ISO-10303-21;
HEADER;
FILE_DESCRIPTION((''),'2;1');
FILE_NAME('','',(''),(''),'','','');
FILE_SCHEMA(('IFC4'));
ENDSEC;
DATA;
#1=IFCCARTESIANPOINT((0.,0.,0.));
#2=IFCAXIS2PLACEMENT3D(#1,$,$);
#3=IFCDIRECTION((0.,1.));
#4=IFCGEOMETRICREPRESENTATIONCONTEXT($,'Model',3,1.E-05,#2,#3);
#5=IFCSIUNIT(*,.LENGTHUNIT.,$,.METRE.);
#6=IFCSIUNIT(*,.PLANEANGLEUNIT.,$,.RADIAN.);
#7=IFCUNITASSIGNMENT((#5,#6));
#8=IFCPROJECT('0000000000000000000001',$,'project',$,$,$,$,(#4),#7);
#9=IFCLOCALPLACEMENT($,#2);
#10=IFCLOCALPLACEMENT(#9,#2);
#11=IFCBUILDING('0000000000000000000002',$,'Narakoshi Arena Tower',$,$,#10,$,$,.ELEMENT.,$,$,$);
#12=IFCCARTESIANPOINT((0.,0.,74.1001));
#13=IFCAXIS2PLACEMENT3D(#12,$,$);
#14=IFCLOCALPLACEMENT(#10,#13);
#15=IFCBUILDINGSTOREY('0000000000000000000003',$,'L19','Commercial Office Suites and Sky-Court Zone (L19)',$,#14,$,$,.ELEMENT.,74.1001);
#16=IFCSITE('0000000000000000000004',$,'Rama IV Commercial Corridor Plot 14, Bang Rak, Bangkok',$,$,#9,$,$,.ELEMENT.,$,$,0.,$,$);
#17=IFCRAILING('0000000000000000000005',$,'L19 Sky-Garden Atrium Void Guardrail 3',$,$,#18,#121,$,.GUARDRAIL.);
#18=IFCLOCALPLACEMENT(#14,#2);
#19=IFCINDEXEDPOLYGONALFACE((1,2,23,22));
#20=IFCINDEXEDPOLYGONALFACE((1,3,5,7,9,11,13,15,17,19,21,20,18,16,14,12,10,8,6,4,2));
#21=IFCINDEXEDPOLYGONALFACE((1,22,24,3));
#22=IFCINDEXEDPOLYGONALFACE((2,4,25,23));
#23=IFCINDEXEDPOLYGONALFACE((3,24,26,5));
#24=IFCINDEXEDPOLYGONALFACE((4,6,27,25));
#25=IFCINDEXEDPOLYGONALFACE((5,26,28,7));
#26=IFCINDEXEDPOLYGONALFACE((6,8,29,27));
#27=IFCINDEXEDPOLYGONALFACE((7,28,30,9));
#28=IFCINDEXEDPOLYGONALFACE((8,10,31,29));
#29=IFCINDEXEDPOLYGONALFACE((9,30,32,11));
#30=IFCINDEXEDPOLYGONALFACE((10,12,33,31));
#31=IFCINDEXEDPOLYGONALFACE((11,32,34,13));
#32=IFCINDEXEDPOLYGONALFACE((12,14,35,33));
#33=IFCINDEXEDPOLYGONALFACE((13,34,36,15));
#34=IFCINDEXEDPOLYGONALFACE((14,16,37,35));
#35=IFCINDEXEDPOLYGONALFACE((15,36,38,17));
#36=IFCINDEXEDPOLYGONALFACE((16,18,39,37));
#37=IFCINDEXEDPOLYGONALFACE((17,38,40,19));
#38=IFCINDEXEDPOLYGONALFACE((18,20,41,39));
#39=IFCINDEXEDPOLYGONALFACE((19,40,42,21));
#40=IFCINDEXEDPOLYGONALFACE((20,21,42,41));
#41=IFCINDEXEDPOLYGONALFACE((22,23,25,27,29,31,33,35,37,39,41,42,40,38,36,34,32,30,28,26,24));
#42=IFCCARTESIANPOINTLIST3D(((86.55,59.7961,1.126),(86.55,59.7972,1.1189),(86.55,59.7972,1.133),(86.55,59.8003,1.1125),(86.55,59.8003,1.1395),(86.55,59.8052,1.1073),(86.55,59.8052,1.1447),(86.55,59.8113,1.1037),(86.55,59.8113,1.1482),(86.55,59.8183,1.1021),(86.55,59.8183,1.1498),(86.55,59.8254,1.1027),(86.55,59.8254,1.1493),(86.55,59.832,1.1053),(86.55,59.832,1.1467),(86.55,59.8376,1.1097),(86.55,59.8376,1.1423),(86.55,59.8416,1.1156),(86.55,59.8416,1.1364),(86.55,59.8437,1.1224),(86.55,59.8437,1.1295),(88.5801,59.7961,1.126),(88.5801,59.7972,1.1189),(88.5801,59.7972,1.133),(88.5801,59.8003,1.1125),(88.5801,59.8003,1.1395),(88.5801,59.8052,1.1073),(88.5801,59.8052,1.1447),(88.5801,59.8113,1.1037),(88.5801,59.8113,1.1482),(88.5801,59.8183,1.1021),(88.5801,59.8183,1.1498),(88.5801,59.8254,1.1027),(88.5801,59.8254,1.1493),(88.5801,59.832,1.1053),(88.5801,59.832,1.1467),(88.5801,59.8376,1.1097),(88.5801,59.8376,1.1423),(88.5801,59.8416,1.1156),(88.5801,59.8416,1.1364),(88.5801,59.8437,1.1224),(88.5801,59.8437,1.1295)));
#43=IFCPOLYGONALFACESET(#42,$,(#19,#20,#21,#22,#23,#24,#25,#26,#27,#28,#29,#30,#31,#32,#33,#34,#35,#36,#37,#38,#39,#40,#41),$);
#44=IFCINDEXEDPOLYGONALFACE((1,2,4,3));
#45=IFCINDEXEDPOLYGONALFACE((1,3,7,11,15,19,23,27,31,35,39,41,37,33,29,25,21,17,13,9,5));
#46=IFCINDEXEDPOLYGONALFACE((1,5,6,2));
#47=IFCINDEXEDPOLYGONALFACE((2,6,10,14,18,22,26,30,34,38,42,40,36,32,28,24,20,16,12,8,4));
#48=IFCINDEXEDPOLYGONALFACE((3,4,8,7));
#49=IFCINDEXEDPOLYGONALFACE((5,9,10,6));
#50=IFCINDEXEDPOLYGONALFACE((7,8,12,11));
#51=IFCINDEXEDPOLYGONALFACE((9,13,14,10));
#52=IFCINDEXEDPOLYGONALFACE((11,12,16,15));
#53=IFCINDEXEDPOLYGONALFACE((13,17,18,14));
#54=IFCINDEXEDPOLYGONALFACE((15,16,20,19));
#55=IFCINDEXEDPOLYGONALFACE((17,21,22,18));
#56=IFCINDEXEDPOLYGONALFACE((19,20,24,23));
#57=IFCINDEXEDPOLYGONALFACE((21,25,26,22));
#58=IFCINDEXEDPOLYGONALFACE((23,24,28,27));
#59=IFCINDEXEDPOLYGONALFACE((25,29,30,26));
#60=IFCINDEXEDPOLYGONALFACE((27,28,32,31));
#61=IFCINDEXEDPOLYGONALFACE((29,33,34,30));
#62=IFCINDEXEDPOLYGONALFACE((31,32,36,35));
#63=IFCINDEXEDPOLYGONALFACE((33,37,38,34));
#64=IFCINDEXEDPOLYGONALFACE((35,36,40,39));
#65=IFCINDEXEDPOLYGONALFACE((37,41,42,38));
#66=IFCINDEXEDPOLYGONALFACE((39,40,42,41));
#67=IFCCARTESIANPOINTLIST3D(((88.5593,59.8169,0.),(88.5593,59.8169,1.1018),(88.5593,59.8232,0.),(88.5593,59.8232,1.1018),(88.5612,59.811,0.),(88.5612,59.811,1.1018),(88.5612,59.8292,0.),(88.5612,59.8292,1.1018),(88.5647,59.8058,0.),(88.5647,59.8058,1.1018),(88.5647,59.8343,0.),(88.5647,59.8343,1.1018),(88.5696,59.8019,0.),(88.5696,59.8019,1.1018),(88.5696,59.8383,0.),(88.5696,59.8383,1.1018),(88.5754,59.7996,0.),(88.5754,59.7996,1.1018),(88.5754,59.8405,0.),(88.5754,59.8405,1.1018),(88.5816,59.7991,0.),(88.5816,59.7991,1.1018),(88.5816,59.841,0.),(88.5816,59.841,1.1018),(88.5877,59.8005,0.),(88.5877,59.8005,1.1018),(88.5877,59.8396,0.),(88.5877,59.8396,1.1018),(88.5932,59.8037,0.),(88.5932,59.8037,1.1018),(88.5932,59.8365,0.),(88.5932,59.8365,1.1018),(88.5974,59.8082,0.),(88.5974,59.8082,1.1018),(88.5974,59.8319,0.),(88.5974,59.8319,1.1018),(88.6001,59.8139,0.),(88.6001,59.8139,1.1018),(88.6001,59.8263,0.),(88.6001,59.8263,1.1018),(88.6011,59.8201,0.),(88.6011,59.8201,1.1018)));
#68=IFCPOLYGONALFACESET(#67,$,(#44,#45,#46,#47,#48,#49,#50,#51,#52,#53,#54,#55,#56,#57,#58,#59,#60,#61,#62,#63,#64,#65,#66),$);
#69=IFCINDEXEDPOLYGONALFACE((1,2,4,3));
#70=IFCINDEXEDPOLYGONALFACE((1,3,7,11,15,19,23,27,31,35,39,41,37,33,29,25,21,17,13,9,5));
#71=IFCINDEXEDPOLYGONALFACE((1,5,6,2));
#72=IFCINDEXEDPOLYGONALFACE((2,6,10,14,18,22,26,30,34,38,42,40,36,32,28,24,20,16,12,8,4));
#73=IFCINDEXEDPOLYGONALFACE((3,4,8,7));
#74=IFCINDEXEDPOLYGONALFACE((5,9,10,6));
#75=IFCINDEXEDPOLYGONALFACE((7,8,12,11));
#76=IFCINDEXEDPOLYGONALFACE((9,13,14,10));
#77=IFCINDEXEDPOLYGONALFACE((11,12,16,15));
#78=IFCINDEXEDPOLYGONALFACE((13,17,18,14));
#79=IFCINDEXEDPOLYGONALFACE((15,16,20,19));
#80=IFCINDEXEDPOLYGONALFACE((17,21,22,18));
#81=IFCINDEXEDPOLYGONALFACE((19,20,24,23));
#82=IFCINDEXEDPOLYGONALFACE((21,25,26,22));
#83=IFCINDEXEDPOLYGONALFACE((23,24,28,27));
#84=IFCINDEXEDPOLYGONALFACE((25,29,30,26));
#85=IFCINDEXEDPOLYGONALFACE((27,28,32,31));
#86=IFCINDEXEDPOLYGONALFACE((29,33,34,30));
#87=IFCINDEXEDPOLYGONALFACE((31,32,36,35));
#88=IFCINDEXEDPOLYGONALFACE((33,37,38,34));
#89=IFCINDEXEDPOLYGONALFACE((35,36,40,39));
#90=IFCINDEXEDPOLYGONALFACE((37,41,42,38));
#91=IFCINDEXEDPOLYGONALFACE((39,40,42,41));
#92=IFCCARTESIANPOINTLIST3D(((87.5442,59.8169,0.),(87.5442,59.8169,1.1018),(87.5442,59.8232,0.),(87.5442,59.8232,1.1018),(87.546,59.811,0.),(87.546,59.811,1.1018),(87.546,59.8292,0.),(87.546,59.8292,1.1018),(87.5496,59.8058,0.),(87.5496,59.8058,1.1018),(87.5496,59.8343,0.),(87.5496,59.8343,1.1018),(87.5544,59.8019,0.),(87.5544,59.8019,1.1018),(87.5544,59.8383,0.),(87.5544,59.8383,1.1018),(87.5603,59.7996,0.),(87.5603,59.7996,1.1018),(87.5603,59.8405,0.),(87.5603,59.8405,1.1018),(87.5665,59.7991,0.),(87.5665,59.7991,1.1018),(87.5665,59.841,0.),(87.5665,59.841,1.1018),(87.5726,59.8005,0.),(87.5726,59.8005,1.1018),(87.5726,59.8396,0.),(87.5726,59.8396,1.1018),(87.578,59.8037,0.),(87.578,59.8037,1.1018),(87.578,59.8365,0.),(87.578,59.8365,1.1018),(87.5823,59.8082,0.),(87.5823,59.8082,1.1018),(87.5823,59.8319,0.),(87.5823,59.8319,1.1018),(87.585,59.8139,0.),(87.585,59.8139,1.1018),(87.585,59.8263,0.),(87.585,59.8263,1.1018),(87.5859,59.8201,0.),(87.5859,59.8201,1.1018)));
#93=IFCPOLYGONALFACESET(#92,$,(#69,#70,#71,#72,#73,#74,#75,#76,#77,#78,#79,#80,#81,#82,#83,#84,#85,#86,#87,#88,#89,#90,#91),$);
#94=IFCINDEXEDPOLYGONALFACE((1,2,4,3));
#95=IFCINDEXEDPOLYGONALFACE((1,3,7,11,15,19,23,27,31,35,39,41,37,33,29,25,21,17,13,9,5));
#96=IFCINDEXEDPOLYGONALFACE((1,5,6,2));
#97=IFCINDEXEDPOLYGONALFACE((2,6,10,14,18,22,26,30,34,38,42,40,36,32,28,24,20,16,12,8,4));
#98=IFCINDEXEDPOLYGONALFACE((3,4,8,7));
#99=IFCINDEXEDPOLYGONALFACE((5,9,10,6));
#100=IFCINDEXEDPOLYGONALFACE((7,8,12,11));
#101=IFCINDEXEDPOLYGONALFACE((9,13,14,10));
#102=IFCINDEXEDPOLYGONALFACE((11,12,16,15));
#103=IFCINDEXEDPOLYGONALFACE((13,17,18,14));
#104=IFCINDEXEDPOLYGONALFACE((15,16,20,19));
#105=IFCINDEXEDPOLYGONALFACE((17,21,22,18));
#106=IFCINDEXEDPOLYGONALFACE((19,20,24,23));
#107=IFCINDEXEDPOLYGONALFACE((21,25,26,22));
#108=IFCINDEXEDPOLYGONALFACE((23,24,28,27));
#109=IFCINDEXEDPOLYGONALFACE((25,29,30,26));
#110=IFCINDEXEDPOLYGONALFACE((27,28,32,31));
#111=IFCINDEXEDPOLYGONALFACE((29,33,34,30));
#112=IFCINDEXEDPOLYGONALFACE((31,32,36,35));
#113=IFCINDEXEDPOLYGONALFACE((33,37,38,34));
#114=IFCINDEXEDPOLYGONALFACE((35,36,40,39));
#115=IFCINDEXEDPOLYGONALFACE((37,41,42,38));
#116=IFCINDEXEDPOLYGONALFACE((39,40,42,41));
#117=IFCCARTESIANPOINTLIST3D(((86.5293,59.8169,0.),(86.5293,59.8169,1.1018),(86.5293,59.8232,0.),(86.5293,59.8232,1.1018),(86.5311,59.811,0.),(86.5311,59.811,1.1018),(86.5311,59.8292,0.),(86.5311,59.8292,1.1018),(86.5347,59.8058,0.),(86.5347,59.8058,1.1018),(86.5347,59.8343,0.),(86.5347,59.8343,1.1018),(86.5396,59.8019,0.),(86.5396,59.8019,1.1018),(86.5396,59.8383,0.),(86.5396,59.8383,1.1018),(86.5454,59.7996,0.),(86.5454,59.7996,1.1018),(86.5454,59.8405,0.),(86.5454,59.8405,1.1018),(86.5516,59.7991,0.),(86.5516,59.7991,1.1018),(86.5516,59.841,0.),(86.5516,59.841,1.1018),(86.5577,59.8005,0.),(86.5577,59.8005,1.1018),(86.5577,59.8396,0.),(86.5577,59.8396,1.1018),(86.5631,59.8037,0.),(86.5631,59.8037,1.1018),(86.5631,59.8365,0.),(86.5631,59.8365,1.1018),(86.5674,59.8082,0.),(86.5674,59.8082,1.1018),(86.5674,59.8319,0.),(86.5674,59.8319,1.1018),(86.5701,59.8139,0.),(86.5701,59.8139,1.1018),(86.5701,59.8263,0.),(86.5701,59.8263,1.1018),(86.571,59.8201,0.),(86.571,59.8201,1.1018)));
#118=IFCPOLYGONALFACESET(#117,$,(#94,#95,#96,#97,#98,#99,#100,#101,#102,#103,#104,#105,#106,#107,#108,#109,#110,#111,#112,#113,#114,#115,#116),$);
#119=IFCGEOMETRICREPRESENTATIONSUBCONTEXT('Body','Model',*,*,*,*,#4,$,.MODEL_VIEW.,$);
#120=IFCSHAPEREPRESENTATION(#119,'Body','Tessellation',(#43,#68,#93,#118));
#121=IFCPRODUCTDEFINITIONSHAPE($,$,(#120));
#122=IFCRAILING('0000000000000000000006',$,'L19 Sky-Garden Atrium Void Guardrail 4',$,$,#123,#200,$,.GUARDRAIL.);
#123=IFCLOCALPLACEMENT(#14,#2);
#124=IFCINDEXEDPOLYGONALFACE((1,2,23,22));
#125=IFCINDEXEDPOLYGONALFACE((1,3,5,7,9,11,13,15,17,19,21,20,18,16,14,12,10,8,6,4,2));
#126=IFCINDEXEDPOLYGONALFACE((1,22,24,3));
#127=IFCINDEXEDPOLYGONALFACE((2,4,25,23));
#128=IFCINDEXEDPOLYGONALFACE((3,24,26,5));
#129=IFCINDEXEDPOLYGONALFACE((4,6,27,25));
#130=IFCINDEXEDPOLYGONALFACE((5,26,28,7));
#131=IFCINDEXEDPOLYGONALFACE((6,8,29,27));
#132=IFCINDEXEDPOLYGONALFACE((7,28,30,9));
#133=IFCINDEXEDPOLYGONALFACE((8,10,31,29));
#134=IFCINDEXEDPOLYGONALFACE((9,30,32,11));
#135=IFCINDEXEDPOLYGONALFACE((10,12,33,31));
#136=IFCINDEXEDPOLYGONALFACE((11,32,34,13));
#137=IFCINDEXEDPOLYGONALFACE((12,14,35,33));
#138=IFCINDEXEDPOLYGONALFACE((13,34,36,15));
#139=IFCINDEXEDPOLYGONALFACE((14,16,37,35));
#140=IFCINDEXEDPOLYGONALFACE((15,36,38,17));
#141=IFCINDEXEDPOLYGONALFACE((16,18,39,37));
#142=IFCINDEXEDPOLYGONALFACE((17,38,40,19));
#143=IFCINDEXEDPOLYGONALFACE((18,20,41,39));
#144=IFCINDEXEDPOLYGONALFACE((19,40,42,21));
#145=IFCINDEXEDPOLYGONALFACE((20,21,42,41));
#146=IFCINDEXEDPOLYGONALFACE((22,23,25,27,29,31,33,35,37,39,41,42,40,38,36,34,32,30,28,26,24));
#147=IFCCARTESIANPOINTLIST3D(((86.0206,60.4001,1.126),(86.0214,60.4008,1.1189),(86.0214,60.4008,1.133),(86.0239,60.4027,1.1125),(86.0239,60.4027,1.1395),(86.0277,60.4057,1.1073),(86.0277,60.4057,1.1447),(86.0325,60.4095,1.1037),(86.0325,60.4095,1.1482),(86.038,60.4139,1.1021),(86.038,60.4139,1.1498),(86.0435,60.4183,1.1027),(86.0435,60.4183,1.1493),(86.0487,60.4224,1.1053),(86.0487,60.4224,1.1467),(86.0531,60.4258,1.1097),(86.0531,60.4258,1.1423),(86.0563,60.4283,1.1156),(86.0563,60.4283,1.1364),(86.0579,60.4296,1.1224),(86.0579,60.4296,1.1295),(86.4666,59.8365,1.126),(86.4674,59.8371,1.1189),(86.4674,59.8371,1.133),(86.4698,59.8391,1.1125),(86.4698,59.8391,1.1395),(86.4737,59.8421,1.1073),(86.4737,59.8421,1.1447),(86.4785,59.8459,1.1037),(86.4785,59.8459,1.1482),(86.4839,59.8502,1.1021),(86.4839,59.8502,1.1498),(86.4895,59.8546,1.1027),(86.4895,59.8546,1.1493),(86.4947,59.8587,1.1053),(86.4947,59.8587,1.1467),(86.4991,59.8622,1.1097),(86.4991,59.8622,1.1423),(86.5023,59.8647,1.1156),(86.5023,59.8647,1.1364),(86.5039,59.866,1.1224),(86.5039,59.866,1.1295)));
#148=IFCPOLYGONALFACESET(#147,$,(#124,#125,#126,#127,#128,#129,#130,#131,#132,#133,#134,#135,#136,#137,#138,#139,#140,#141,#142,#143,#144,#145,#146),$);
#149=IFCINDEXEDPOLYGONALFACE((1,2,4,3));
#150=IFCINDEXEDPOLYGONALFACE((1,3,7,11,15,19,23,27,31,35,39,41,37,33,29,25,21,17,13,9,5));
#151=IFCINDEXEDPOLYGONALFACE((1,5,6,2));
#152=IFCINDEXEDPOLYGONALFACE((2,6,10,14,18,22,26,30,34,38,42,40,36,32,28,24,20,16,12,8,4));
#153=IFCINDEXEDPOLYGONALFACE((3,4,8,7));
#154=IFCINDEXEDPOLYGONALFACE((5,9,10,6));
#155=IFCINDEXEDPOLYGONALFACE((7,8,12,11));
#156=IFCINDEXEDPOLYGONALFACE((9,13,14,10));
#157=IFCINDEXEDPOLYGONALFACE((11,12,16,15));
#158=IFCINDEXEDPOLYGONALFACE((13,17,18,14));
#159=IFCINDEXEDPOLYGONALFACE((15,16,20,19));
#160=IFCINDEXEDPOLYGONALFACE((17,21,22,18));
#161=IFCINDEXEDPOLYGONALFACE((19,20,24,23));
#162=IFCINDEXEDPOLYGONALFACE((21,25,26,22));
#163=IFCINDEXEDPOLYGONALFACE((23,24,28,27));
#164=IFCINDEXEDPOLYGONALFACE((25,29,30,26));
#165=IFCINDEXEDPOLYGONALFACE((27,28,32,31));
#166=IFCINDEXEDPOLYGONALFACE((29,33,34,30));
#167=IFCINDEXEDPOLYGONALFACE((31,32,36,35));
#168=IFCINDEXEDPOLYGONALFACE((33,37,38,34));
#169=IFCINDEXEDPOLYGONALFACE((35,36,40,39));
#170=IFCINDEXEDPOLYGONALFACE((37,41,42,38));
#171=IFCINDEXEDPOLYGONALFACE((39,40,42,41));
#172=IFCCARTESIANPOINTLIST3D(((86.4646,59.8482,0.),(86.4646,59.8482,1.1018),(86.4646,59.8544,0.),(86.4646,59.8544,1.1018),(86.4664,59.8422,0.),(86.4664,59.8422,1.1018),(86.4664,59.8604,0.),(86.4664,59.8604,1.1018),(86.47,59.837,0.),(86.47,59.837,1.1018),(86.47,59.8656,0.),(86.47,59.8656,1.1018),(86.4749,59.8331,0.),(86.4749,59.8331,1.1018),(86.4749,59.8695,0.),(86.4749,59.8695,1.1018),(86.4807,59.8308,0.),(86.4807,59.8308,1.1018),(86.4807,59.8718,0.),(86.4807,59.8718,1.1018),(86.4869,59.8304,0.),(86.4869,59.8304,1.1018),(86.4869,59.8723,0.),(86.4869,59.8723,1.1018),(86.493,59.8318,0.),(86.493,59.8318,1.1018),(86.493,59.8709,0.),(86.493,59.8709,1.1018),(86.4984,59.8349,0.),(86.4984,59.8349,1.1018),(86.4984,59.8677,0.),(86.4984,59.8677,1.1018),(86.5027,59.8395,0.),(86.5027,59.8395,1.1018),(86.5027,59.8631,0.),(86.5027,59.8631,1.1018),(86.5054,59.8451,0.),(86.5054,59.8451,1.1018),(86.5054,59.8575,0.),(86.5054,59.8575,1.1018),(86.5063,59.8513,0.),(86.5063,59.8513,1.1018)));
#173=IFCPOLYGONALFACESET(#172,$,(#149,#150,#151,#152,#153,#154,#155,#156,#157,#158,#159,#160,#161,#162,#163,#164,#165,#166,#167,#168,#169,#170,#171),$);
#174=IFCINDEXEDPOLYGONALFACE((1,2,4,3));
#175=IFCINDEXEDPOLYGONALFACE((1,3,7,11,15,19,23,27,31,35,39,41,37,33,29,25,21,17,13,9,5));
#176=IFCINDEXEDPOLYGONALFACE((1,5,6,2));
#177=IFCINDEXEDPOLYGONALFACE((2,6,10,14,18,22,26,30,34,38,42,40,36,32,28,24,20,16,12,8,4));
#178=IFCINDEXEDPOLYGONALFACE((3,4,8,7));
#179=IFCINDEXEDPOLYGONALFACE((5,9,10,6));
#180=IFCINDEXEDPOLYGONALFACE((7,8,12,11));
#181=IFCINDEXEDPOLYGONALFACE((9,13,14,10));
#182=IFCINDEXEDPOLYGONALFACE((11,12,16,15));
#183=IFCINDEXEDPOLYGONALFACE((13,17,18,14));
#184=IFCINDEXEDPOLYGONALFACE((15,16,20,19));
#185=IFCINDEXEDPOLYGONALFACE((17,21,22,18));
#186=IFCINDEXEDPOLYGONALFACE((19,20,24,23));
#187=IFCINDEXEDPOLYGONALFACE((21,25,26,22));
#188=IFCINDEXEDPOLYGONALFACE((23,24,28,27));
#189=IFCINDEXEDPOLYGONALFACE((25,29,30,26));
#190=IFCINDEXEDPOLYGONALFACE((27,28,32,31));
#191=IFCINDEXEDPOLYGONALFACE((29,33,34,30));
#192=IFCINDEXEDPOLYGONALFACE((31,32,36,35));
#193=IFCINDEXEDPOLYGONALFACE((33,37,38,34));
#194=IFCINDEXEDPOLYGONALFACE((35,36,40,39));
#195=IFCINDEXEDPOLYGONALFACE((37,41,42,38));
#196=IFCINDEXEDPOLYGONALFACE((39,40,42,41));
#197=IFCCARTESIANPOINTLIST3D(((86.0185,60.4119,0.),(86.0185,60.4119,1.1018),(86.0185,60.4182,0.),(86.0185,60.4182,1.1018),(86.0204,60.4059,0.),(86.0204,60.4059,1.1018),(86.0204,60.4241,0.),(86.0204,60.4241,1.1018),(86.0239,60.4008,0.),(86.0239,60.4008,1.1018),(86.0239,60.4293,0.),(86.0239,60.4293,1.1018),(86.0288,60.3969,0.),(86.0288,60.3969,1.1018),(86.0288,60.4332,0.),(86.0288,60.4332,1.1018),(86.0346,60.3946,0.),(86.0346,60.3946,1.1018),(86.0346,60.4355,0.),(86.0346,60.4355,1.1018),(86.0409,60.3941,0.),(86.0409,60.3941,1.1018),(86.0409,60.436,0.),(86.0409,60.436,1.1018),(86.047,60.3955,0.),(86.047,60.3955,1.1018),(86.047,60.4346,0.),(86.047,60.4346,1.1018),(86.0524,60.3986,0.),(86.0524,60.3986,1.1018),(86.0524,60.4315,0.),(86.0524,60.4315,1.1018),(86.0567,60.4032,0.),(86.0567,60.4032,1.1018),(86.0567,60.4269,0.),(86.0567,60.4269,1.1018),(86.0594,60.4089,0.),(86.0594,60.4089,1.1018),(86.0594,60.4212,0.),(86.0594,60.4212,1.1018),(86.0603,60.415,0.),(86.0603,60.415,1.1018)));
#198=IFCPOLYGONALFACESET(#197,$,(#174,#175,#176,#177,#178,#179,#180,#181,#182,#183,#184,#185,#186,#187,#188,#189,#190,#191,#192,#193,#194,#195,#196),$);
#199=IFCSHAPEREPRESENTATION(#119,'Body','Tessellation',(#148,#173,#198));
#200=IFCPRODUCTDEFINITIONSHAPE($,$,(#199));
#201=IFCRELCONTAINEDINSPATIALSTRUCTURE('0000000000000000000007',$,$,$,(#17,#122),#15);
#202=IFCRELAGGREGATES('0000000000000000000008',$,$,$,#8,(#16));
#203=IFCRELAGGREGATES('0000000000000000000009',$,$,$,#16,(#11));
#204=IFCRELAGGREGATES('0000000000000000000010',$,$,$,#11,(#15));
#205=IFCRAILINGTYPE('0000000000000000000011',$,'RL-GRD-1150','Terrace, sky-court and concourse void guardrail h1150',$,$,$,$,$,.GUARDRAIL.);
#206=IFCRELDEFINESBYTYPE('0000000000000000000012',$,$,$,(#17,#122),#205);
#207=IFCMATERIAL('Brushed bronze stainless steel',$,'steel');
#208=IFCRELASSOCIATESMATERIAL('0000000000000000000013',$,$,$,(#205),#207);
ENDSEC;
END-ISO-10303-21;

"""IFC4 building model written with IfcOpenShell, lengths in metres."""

from ifc_helpers import new_model, si_unit, direction, frame, origin, origin_2d, place, context, subcontext, project, spatial, circle, extrude, material, type_object, element, save


model = new_model("IFC4")

# Units and contexts
model_context = context("Model", 3, precision=1e-05, world=origin(), true_north=direction((0.0, 1.0)))
body_context = subcontext(model_context, "Body", "Model", "MODEL_VIEW")
ifc_project = project(units=[si_unit("LENGTHUNIT", "METRE"), si_unit("PLANEANGLEUNIT", "RADIAN")], contexts=[model_context])

# Site, building, storey
site_placement = place(None, origin())
site = spatial("IfcSite", under=ifc_project, at=site_placement, Name="Rama IV Commercial Corridor Plot 14, Bang Rak, Bangkok", CompositionType="ELEMENT", RefElevation=0.0)
building_placement = place(site_placement, origin())
building = spatial("IfcBuilding", under=site, at=building_placement, Name="Narakoshi Arena Tower", CompositionType="ELEMENT")
storey_placement = place(building_placement, frame((0.0, 0.0, 74.1001)))
storey = spatial("IfcBuildingStorey", under=building, at=storey_placement, Name="L19", Description="Commercial Office Suites and Sky-Court Zone (L19)", CompositionType="ELEMENT", Elevation=74.1001)

# Railings
ifc_material_1 = material(Name="Brushed bronze stainless steel", Category="steel")
railing_type = type_object("IfcRailingType", Name="RL-GRD-1150", Description="Terrace, sky-court and concourse void guardrail h1150", PredefinedType="GUARDRAIL", material=ifc_material_1)
railing_1_placement = place(storey_placement, frame((88.5801, 59.8201, 0.0)))
element("IfcRailing", 1, at=railing_1_placement, inside=storey, type_object=railing_type, Name="L19 Sky-Garden Atrium Void Guardrail 3", PredefinedType="GUARDRAIL", context=body_context, shape_type="SweptSolid", body=[
    extrude(circle(Radius=0.0239, at=origin_2d()), frame((0.0, 0.0, 1.126), z_axis=(-1.0, 0.0, 0.0), x_axis=(0.0, -1.0, 0.0)), (0.0, 0.0, 1.0), 2.03),
    extrude(circle(Radius=0.021, at=origin_2d()), origin(), (0.0, 0.0, 1.0), 1.1018),
    extrude(circle(Radius=0.021, at=origin_2d()), frame((-1.0151, 0.0, 0.0)), (0.0, 0.0, 1.0), 1.1018),
    extrude(circle(Radius=0.021, at=origin_2d()), frame((-2.03, 0.0, 0.0)), (0.0, 0.0, 1.0), 1.1018),
])
railing_2_placement = place(storey_placement, frame((86.4854, 59.8513, 0.0)))
element("IfcRailing", 2, at=railing_2_placement, inside=storey, type_object=railing_type, Name="L19 Sky-Garden Atrium Void Guardrail 4", PredefinedType="GUARDRAIL", context=body_context, shape_type="SweptSolid", body=[
    extrude(circle(Radius=0.0239, at=origin_2d()), frame((0.0, 0.0, 1.126), z_axis=(-0.620503, 0.784204, 0.0), x_axis=(-0.784204, -0.620503, 0.0)), (0.0, 0.0, 1.0), 0.7188),
    extrude(circle(Radius=0.021, at=origin_2d()), origin(), (0.0, 0.0, 1.0), 1.1018),
    extrude(circle(Radius=0.021, at=origin_2d()), frame((-0.446, 0.5637, 0.0)), (0.0, 0.0, 1.0), 1.1018),
])

save(model, "model.ifc")
